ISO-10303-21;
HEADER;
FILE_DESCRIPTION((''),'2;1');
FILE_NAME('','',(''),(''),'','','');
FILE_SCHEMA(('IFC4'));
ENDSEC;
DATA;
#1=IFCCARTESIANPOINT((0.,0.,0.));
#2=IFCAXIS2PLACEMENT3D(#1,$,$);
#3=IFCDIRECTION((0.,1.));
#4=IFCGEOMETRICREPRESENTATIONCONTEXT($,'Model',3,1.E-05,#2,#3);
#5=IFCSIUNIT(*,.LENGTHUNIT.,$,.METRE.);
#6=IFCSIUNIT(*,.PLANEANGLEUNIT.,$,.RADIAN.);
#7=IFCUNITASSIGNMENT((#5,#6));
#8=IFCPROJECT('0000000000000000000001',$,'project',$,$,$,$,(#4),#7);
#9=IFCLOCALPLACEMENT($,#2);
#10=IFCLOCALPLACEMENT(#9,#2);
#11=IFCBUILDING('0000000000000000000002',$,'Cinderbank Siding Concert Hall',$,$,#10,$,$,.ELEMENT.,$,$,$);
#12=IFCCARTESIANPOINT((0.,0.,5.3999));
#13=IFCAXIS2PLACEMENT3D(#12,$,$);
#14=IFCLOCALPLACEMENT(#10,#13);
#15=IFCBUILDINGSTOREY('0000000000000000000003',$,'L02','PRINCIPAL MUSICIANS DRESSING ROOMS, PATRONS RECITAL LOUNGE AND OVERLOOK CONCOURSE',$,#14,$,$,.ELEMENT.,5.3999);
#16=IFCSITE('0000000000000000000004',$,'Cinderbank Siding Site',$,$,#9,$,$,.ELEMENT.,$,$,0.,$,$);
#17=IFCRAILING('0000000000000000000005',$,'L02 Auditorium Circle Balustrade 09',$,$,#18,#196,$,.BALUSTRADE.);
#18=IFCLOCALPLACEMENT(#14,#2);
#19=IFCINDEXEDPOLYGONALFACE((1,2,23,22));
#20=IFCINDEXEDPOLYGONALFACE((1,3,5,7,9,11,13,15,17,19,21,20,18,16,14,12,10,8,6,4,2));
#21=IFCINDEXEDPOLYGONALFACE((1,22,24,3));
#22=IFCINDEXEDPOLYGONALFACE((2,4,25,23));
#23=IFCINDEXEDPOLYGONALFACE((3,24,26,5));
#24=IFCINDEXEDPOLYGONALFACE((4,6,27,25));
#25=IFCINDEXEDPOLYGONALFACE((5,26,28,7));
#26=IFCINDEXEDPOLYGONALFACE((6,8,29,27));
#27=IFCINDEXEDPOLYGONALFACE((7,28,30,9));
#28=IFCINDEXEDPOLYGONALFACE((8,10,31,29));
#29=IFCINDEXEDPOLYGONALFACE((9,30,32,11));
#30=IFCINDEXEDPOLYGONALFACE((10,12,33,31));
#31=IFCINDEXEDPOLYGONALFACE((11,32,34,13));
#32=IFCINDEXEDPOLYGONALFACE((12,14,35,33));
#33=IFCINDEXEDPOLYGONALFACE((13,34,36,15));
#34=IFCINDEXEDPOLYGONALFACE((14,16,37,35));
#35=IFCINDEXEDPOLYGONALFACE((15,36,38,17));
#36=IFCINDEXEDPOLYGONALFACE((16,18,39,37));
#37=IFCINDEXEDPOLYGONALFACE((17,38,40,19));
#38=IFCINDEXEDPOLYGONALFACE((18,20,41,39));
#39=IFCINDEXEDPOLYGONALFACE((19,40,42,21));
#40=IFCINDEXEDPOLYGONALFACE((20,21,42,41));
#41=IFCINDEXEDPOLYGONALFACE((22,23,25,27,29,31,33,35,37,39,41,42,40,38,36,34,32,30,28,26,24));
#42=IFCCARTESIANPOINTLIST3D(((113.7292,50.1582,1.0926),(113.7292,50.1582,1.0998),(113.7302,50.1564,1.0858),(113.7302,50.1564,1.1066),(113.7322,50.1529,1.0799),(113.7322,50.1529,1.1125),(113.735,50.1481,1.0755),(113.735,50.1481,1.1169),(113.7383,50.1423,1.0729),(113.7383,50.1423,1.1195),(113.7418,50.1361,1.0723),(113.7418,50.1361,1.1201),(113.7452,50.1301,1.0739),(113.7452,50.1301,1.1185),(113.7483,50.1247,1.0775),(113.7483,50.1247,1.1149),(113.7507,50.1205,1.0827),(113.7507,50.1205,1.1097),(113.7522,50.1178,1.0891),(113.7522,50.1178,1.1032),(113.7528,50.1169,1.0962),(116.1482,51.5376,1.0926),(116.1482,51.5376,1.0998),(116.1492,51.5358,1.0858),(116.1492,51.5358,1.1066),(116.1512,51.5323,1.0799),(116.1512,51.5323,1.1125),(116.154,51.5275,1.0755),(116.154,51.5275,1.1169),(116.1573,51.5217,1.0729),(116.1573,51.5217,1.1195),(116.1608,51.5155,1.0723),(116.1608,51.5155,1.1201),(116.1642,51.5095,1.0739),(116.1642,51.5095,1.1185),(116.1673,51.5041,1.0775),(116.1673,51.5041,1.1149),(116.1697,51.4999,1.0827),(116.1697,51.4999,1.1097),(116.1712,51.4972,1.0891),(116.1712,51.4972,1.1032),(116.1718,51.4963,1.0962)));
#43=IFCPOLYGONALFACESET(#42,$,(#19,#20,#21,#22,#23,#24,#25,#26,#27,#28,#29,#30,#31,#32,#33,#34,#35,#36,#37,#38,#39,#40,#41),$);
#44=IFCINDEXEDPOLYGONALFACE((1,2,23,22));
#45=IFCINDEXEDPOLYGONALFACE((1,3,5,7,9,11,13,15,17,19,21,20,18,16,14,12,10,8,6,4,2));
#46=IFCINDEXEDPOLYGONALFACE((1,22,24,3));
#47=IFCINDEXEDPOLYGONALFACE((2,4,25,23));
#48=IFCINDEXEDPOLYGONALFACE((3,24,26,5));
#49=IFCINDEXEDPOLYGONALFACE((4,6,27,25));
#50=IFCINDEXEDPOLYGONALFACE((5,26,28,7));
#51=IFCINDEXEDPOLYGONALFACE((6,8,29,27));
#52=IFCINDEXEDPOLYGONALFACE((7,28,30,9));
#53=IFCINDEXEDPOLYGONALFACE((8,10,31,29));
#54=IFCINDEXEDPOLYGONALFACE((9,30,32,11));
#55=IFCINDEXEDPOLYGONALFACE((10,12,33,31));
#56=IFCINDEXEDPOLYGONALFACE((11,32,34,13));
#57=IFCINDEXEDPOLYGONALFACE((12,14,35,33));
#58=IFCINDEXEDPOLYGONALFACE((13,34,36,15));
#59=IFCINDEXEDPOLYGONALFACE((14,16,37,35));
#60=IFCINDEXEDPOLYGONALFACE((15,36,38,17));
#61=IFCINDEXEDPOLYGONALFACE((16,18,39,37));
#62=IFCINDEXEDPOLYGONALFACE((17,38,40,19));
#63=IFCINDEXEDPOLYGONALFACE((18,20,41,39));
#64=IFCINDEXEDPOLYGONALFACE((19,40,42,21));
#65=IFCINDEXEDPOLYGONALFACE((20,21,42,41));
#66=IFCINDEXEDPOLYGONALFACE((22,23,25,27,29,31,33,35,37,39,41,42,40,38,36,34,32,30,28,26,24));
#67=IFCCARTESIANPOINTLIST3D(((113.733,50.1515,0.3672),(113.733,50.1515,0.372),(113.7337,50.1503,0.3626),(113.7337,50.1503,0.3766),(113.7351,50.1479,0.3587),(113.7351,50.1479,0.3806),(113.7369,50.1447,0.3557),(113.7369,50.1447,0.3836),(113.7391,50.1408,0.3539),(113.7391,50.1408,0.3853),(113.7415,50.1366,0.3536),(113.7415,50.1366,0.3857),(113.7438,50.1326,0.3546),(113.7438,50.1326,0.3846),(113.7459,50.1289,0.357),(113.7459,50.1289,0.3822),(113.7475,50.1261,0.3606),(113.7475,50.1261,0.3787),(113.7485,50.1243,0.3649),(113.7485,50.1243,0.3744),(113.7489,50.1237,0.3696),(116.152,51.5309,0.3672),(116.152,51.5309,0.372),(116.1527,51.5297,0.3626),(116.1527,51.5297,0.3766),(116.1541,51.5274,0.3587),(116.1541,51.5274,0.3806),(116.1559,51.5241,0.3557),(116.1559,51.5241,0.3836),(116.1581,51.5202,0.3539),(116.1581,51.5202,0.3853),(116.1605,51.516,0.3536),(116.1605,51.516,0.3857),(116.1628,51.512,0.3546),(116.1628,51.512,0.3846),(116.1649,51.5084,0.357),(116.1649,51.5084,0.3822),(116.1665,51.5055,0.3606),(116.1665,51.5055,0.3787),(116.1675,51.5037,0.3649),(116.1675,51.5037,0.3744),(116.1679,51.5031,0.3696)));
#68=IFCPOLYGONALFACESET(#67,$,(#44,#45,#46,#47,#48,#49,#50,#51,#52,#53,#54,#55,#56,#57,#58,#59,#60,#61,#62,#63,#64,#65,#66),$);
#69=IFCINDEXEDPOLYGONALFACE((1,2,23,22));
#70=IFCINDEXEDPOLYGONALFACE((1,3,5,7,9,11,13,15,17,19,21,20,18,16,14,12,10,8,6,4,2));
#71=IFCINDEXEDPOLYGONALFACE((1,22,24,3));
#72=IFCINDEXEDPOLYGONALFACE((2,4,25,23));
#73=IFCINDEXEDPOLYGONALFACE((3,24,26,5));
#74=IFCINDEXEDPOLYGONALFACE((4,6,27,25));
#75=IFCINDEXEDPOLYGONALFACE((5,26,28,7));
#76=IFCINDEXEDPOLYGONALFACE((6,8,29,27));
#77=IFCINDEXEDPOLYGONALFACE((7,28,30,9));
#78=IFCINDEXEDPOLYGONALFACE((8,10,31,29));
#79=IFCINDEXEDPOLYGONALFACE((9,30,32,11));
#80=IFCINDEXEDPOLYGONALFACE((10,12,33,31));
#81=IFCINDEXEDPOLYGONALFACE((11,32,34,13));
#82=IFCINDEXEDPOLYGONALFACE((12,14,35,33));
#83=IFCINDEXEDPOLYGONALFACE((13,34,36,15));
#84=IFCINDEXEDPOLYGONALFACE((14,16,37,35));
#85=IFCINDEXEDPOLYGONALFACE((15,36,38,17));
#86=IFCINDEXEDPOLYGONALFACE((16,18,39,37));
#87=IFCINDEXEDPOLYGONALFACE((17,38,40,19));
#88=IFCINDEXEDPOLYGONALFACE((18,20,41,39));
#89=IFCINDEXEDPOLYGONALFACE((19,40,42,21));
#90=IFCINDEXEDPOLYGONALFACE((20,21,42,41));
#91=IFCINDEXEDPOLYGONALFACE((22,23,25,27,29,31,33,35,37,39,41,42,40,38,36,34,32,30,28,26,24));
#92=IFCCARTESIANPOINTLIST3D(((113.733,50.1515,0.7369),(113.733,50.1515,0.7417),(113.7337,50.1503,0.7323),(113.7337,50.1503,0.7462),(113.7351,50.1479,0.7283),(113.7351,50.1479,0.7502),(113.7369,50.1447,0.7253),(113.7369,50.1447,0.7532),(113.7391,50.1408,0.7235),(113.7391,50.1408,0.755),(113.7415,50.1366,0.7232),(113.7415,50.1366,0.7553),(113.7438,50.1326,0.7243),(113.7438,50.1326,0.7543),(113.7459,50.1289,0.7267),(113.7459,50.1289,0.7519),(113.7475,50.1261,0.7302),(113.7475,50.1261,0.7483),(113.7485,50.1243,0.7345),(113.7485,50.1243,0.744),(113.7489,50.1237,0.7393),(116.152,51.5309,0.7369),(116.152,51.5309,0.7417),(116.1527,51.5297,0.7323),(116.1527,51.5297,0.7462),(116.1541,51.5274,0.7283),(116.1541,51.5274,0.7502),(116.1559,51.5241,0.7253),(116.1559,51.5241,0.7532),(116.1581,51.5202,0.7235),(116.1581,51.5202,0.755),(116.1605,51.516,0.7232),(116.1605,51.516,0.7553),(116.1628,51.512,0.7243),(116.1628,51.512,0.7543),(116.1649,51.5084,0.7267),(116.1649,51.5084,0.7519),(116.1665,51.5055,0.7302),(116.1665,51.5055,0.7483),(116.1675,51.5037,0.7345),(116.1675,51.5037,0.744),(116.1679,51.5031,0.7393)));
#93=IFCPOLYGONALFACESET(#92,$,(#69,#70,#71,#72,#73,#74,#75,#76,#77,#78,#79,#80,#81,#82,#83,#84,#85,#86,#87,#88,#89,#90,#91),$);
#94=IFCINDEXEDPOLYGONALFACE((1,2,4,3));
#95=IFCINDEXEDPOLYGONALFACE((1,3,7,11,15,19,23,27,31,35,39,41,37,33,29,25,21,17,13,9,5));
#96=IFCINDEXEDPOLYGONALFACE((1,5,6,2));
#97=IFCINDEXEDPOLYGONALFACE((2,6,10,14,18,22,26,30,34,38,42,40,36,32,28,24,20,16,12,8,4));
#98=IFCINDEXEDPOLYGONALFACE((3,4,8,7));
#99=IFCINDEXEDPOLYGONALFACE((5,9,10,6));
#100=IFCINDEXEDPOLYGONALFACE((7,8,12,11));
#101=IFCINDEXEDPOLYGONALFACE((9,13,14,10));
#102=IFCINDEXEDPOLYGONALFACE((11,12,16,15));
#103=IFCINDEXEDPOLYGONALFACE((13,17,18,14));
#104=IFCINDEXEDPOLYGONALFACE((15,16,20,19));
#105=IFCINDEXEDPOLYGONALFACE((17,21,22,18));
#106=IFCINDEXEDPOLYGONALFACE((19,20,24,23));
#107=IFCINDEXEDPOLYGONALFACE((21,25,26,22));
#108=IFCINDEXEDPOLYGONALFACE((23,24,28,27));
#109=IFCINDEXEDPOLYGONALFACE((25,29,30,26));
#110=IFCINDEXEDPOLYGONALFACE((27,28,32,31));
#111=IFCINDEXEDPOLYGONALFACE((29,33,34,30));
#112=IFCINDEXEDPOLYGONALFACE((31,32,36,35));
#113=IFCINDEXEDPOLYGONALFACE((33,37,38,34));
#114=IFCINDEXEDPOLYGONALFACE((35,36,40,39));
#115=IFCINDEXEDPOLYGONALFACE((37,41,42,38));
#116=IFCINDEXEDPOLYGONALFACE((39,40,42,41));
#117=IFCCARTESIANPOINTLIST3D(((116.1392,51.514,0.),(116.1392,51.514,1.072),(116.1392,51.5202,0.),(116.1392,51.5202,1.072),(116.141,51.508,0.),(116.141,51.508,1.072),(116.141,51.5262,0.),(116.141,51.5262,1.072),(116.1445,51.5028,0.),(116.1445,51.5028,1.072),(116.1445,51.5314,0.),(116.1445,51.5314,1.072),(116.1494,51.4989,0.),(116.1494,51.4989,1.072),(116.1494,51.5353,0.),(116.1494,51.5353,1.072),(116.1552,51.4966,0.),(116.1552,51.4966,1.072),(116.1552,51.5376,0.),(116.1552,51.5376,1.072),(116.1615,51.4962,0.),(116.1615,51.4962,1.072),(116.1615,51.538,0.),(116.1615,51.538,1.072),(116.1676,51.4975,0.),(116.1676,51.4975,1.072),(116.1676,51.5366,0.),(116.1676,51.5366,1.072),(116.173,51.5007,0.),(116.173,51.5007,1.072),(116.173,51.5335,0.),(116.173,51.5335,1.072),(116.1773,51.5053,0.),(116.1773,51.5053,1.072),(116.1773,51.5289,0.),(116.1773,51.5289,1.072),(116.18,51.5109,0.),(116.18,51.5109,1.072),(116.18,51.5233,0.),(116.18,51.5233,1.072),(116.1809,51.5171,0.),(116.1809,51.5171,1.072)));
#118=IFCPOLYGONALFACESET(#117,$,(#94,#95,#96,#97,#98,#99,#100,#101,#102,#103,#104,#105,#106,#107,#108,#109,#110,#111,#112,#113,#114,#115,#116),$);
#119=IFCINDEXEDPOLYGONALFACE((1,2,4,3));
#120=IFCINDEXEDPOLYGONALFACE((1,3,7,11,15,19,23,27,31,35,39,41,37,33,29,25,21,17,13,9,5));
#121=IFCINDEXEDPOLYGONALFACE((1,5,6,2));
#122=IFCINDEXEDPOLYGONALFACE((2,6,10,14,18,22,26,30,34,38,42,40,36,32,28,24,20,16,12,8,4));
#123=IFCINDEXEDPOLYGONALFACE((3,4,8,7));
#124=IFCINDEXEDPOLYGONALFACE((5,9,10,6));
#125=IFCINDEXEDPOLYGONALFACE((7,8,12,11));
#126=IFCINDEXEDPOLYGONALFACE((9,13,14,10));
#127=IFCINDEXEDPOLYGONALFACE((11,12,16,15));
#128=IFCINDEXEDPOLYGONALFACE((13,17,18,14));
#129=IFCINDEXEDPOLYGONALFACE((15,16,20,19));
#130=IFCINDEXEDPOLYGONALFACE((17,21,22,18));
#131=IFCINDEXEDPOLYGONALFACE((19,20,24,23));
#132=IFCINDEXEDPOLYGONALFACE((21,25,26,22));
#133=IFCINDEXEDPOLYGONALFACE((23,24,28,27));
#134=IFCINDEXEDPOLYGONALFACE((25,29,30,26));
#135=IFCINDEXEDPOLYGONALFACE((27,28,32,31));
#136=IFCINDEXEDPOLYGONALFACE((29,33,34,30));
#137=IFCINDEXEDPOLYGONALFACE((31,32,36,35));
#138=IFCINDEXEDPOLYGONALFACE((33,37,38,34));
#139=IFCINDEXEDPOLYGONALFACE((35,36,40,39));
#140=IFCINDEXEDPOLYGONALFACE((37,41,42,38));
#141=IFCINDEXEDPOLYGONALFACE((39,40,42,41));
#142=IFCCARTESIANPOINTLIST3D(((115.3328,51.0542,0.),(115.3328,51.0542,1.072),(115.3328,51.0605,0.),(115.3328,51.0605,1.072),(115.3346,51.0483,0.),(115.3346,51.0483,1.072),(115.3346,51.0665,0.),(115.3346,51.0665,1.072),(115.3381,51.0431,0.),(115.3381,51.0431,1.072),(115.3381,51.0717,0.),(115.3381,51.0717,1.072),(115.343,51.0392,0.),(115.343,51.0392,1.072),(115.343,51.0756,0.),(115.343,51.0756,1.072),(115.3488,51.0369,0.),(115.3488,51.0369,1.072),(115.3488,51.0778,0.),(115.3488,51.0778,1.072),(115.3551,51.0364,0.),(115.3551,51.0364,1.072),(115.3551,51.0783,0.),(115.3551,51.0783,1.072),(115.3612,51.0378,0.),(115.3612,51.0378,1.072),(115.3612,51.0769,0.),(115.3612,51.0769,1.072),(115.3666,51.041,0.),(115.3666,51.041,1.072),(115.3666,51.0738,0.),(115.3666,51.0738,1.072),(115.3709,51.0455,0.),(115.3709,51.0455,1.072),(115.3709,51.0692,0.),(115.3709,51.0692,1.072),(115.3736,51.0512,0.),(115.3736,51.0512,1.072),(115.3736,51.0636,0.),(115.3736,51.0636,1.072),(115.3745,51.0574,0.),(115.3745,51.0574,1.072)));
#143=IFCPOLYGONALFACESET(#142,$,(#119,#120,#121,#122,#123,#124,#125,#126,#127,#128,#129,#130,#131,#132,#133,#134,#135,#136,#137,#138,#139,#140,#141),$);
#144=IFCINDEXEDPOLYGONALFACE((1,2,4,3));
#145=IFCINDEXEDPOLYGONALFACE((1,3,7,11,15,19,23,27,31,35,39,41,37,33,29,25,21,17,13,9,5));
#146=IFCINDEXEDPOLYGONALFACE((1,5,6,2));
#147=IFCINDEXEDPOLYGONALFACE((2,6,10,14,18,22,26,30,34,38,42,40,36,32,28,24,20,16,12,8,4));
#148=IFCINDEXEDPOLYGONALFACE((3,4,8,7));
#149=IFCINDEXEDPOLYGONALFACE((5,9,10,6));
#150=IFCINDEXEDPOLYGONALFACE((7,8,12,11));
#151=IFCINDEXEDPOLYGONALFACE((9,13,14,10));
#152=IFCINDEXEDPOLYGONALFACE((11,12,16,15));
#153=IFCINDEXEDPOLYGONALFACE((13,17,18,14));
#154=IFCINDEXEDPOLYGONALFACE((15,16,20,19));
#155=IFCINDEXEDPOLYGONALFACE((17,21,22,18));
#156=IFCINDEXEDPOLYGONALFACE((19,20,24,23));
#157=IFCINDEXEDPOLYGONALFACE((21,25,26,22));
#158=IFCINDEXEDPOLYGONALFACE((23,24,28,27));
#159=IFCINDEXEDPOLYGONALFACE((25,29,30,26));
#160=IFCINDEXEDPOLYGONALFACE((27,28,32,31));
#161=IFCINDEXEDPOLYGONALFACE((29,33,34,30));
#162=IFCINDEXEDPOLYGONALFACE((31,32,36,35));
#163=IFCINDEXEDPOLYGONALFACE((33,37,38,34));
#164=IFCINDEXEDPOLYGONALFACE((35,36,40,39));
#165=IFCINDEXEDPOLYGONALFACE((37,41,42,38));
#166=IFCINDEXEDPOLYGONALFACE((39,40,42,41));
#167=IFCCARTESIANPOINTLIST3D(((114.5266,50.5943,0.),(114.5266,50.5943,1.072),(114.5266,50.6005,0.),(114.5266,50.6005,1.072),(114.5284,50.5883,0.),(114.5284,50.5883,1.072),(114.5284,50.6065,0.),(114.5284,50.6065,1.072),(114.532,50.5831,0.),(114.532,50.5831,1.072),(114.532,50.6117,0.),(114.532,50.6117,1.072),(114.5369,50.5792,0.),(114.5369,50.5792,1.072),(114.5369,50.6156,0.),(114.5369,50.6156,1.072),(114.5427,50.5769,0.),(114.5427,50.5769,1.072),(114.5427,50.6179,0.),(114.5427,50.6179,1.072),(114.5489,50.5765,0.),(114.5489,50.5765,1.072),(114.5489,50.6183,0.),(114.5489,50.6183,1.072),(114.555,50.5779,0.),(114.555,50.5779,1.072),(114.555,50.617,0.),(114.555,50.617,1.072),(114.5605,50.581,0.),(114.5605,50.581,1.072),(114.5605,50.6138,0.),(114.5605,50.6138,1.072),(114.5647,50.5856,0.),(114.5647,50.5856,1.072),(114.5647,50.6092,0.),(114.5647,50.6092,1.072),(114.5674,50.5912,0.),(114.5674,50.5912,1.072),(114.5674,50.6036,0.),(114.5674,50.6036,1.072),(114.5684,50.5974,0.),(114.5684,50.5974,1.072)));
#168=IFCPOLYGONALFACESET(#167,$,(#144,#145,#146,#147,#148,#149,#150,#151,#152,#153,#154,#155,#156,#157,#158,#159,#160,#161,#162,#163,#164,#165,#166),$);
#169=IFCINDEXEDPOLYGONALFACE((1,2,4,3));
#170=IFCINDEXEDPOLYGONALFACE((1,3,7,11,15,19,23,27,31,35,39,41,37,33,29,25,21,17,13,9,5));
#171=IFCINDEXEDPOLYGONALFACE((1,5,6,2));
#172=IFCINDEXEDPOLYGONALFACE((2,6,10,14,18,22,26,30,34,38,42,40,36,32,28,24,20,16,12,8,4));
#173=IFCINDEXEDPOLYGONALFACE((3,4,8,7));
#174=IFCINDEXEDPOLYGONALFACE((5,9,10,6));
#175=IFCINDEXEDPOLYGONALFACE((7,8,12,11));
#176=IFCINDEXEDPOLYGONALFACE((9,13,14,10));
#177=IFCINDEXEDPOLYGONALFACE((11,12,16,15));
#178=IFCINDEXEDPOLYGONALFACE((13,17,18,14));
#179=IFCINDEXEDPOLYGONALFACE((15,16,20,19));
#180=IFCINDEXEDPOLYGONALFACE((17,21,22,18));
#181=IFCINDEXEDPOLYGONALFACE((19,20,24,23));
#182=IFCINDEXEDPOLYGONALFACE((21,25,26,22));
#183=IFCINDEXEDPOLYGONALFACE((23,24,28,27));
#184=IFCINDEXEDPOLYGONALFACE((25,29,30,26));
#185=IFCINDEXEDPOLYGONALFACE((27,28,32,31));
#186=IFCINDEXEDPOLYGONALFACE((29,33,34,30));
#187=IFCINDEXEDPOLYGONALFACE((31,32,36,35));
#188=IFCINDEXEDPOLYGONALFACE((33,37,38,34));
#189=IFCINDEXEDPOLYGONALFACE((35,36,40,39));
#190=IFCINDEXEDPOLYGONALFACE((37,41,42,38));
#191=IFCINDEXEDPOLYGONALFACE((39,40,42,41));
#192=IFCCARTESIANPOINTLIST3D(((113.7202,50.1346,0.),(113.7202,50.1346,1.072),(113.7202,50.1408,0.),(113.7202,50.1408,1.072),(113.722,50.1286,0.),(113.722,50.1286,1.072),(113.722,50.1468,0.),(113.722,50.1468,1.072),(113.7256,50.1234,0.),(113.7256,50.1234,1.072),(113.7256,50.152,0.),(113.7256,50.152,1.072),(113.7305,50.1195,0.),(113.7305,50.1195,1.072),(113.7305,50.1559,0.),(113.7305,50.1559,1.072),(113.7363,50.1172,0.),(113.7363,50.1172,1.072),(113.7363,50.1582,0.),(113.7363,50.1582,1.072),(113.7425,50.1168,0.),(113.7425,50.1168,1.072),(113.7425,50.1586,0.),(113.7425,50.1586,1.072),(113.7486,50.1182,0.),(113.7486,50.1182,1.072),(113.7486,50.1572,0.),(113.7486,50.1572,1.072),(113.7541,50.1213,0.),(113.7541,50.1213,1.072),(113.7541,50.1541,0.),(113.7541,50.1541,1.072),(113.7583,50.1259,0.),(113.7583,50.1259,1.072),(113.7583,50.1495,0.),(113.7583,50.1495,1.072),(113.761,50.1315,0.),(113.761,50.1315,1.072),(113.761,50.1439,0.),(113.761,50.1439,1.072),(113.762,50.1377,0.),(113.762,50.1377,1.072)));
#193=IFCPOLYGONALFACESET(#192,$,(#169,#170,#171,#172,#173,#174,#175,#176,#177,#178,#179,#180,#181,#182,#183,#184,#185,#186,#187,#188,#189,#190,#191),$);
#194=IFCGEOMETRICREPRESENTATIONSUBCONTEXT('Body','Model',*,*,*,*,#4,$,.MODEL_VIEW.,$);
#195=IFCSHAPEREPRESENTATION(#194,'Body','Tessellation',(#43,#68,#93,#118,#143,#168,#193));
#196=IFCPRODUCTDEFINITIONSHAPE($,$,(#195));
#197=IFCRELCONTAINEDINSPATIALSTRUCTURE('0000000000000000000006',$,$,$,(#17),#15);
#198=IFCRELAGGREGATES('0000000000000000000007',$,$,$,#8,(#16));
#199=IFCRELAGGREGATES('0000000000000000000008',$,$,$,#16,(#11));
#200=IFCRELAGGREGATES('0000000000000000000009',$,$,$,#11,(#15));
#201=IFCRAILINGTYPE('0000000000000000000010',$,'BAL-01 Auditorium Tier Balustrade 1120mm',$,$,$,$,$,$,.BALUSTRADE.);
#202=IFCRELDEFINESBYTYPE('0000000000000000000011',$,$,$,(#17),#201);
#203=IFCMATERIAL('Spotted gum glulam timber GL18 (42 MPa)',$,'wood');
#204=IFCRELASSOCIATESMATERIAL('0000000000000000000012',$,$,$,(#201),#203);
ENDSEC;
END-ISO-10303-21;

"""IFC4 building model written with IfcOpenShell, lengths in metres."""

from ifc_helpers import new_model, si_unit, direction, frame, origin, origin_2d, place, context, subcontext, project, spatial, circle, extrude, material, type_object, element, save


model = new_model("IFC4")

# Units and contexts
model_context = context("Model", 3, precision=1e-05, world=origin(), true_north=direction((0.0, 1.0)))
body_context = subcontext(model_context, "Body", "Model", "MODEL_VIEW")
ifc_project = project(units=[si_unit("LENGTHUNIT", "METRE"), si_unit("PLANEANGLEUNIT", "RADIAN")], contexts=[model_context])

# Site, building, storey
site_placement = place(None, origin())
site = spatial("IfcSite", under=ifc_project, at=site_placement, Name="Cinderbank Siding Site", CompositionType="ELEMENT", RefElevation=0.0)
building_placement = place(site_placement, origin())
building = spatial("IfcBuilding", under=site, at=building_placement, Name="Cinderbank Siding Concert Hall", CompositionType="ELEMENT")
storey_placement = place(building_placement, frame((0.0, 0.0, 5.3999)))
storey = spatial("IfcBuildingStorey", under=building, at=storey_placement, Name="L02", Description="PRINCIPAL MUSICIANS DRESSING ROOMS, PATRONS RECITAL LOUNGE AND OVERLOOK CONCOURSE", CompositionType="ELEMENT", Elevation=5.3999)

# Railing
ifc_material_1 = material(Name="Spotted gum glulam timber GL18 (42 MPa)", Category="wood")
railing_type = type_object("IfcRailingType", Name="BAL-01 Auditorium Tier Balustrade 1120mm", PredefinedType="BALUSTRADE", material=ifc_material_1)
railing_1_placement = place(storey_placement, frame((116.1599, 51.5171, 0.0)))
element("IfcRailing", 1, at=railing_1_placement, inside=storey, type_object=railing_type, Name="L02 Auditorium Circle Balustrade 09", PredefinedType="BALUSTRADE", context=body_context, shape_type="SweptSolid", body=[
    extrude(circle(Radius=0.0239, at=origin_2d()), frame((0.0, 0.0, 1.0962), z_axis=(-0.868685, -0.495365, 0.0), x_axis=(0.495365, -0.868685, 0.0)), (0.0, 0.0, 1.0), 2.7847),
    extrude(circle(Radius=0.0161, at=origin_2d()), frame((0.0, 0.0, 0.3696), z_axis=(-0.868685, -0.495365, 0.0), x_axis=(0.495365, -0.868685, 0.0)), (0.0, 0.0, 1.0), 2.7847),
    extrude(circle(Radius=0.0161, at=origin_2d()), frame((0.0, 0.0, 0.7393), z_axis=(-0.868685, -0.495365, 0.0), x_axis=(0.495365, -0.868685, 0.0)), (0.0, 0.0, 1.0), 2.7847),
    extrude(circle(Radius=0.021, at=origin_2d()), origin(), (0.0, 0.0, 1.0), 1.072),
    extrude(circle(Radius=0.021, at=origin_2d()), frame((-0.8064, -0.4597, 0.0)), (0.0, 0.0, 1.0), 1.072),
    extrude(circle(Radius=0.021, at=origin_2d()), frame((-1.6125, -0.9197, 0.0)), (0.0, 0.0, 1.0), 1.072),
    extrude(circle(Radius=0.021, at=origin_2d()), frame((-2.4189, -1.3794, 0.0)), (0.0, 0.0, 1.0), 1.072),
])

save(model, "model.ifc")
